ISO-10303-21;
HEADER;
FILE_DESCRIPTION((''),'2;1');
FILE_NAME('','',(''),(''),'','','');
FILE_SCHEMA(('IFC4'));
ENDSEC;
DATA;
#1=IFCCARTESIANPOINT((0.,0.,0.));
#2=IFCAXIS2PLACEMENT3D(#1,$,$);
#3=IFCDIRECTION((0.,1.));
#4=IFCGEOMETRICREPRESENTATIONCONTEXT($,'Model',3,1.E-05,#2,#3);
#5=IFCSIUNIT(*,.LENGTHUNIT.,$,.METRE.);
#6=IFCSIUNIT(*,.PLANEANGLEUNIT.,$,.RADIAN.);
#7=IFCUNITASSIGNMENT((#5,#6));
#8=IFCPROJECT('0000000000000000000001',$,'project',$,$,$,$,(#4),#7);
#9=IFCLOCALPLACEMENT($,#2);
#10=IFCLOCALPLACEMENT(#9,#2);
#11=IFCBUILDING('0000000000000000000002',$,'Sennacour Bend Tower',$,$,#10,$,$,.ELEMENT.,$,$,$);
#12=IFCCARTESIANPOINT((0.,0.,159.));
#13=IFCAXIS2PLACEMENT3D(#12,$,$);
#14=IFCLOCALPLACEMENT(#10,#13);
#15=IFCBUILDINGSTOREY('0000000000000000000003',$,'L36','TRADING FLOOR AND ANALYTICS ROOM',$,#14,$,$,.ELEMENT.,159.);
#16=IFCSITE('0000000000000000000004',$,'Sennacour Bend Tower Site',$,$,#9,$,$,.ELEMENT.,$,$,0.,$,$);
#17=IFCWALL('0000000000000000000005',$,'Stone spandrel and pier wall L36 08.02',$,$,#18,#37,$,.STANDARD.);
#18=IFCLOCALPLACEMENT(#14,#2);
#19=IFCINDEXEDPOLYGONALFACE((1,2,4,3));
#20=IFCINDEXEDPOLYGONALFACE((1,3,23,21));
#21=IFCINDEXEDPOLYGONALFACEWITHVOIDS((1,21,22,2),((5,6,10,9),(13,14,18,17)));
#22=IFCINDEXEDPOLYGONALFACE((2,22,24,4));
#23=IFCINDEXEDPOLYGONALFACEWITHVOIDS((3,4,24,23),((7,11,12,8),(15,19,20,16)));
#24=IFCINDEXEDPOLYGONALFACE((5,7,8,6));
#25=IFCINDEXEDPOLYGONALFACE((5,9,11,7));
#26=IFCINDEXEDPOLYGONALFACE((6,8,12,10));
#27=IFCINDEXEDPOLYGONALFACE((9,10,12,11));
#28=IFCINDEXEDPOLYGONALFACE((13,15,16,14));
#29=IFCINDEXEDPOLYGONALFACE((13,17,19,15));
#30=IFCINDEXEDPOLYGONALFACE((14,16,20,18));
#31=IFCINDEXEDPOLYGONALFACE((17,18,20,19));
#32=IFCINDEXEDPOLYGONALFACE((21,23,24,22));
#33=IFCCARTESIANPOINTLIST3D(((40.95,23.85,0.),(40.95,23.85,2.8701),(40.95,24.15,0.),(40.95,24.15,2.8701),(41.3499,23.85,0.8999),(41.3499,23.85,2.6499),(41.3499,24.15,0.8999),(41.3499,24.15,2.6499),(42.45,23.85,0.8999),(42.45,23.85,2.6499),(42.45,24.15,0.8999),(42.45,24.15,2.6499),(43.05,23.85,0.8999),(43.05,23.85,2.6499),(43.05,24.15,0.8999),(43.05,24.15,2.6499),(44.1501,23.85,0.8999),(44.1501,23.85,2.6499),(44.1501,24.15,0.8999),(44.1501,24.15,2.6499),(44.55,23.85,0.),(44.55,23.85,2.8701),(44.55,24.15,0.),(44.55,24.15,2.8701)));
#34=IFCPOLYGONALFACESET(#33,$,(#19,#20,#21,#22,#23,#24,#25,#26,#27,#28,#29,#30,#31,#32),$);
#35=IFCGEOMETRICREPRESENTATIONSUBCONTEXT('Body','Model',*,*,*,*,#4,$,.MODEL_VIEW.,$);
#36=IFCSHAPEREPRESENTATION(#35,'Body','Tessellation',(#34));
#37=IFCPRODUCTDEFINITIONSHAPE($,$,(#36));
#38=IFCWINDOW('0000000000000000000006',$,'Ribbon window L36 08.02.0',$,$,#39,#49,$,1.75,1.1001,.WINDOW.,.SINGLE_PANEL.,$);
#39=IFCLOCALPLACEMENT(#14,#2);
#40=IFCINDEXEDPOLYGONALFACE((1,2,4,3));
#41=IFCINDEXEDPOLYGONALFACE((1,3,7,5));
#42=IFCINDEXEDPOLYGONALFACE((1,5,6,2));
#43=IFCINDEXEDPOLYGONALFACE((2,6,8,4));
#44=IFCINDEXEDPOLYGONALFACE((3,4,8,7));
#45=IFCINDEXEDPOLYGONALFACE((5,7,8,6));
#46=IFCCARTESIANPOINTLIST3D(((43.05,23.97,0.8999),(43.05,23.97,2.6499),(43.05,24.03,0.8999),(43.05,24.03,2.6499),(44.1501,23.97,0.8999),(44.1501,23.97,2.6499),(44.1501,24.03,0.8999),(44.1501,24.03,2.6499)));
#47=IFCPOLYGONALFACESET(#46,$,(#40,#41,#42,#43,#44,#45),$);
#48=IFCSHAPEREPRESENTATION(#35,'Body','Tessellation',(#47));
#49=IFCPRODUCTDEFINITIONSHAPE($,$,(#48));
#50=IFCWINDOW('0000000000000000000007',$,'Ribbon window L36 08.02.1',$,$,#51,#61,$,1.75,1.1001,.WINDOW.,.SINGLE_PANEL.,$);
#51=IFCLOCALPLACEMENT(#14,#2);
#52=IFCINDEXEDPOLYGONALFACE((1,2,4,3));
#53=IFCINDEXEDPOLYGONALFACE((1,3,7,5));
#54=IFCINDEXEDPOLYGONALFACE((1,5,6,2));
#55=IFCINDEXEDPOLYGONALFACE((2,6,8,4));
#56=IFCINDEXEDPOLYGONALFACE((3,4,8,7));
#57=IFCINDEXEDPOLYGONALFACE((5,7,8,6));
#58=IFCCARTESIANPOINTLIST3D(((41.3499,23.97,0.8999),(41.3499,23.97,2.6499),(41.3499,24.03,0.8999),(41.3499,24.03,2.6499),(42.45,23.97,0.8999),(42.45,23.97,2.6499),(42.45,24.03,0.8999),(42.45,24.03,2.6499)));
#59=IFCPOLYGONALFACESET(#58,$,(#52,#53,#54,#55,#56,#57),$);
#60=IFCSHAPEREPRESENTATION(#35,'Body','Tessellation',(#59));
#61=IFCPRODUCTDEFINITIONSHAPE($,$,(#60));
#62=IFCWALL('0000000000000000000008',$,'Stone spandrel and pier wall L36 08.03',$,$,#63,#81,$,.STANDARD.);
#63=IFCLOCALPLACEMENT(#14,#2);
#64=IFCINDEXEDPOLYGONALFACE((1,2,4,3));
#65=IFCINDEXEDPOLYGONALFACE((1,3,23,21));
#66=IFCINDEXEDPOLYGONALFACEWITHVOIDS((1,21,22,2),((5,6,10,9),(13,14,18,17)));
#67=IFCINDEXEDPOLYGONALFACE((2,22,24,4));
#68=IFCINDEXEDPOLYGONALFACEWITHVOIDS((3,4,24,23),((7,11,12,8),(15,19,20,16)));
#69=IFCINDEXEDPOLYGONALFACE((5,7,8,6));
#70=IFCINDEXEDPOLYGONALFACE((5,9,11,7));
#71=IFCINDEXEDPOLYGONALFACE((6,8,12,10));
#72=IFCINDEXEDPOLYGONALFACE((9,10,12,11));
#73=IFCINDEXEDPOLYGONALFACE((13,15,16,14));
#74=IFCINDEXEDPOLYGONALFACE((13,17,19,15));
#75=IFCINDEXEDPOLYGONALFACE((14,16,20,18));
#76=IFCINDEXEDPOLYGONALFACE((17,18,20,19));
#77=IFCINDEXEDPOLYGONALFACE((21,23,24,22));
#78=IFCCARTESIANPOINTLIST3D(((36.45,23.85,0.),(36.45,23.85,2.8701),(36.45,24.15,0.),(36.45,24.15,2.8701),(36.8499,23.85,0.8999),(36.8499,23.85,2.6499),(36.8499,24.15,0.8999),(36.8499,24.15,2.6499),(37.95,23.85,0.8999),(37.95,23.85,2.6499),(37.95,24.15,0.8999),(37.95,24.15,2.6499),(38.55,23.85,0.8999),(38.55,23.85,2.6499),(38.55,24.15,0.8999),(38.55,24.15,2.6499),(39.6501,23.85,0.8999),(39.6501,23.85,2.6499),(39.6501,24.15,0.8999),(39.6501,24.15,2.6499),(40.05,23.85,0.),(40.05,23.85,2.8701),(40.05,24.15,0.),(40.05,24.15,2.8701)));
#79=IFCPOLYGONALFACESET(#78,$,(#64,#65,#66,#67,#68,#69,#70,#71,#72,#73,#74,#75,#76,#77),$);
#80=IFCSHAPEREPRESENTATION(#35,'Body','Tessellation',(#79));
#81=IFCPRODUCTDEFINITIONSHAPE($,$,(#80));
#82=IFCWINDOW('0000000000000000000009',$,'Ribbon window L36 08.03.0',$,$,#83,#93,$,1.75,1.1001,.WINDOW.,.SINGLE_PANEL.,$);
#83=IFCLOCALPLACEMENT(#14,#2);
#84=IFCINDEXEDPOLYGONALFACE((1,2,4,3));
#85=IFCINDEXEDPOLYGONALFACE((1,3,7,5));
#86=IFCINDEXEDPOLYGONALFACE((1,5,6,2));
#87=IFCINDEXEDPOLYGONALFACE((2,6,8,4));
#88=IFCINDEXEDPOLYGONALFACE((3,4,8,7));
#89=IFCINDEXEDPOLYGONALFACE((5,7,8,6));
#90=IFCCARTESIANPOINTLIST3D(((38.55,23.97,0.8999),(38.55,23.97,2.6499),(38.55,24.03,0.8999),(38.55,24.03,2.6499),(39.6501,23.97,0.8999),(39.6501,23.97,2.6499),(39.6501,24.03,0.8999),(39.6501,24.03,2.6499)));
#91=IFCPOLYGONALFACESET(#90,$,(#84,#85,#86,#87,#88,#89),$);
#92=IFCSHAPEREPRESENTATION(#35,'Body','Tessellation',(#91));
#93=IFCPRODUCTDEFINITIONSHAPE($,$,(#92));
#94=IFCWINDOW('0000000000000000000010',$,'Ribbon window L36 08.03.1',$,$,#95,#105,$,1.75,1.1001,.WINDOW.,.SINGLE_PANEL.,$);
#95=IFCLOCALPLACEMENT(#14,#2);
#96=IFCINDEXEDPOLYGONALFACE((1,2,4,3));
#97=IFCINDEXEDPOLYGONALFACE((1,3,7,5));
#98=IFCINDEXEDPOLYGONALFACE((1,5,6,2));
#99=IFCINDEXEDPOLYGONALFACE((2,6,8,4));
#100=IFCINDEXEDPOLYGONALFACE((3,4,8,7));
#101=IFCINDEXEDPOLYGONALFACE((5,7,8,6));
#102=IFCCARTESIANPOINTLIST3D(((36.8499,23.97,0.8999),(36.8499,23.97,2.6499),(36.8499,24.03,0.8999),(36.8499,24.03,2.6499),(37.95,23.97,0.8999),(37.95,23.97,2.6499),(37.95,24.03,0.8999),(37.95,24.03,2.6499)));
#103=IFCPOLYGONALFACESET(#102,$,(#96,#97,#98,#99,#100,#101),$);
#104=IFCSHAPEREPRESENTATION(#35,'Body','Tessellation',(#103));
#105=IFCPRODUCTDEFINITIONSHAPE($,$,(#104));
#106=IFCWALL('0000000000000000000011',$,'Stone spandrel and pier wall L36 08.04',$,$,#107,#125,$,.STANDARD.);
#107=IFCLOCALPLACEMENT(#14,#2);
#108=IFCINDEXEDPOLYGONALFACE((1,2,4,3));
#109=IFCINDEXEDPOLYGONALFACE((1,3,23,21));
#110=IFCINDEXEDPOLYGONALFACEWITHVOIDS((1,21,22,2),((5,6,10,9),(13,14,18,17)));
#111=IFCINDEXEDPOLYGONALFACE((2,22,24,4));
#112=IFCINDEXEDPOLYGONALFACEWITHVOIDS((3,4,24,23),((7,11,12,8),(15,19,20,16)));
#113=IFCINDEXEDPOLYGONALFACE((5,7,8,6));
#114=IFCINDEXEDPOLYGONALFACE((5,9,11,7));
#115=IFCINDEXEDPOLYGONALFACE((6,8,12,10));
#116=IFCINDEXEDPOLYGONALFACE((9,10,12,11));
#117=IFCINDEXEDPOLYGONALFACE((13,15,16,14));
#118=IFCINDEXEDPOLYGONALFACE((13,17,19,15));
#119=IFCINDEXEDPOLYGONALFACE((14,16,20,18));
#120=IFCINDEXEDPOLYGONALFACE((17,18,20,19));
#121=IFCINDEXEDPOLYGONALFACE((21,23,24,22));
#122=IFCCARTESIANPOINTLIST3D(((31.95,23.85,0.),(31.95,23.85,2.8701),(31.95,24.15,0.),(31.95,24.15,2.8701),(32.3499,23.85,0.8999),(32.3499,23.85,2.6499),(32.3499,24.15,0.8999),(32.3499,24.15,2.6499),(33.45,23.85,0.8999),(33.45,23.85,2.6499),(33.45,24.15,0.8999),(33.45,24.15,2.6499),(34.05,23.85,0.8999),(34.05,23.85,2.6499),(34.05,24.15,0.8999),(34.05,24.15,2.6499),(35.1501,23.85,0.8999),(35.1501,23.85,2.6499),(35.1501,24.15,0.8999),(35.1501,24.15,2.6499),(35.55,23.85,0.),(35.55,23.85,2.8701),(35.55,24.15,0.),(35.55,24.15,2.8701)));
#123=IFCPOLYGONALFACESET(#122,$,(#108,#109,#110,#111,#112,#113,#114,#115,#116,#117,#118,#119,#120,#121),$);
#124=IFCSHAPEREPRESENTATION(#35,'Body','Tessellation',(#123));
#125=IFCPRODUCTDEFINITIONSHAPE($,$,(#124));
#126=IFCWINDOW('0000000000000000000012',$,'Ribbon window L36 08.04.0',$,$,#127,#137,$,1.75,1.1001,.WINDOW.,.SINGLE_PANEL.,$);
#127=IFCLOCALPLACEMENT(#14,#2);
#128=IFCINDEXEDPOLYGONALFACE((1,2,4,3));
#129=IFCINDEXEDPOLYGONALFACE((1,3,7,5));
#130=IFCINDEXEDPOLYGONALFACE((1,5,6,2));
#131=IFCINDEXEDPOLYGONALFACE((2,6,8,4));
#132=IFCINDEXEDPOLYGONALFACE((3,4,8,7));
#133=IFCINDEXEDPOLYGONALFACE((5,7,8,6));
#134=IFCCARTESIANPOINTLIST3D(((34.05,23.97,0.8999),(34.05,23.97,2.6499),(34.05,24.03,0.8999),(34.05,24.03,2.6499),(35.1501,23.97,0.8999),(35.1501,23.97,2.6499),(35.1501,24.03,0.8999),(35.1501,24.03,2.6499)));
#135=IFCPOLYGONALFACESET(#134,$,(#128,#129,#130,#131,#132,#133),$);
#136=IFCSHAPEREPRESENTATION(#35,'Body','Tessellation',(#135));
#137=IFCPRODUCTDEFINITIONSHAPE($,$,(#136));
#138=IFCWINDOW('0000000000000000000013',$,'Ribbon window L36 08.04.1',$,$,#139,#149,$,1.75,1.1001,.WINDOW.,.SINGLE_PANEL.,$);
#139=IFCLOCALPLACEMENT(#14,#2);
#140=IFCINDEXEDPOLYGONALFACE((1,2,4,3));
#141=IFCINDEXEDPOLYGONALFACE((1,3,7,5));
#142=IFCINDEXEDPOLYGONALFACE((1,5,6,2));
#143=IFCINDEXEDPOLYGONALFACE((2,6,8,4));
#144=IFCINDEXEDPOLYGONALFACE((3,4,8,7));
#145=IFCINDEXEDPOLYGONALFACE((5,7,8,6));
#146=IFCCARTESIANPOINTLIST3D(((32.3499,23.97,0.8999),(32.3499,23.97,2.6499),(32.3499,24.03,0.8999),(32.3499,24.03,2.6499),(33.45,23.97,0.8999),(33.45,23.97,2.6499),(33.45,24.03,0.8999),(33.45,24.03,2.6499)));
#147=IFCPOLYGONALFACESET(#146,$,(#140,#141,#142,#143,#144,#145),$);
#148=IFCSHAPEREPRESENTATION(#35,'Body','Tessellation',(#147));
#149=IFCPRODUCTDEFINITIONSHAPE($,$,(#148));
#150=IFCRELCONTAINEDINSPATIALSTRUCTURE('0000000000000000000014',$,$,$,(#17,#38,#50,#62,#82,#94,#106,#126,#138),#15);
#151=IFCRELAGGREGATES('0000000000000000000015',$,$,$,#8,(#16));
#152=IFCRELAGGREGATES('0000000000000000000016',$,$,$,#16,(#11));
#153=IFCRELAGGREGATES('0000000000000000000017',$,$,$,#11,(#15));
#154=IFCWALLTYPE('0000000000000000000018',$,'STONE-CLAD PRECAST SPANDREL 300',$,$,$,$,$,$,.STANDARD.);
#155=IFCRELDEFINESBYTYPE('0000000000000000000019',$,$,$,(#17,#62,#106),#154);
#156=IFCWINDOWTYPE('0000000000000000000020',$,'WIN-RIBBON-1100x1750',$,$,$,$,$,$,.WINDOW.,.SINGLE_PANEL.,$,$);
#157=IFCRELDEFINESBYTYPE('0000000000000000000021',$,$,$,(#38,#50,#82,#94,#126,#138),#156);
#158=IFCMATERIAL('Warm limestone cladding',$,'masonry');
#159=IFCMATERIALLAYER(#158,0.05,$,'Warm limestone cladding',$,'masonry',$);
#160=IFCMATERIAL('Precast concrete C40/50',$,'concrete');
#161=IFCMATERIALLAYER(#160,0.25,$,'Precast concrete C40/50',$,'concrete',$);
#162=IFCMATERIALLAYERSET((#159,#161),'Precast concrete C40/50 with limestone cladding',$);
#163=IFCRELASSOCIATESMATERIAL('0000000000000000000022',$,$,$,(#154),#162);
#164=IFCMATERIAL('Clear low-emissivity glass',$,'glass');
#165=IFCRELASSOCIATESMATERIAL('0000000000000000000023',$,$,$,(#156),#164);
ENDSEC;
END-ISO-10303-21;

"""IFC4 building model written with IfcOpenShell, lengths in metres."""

from ifc_helpers import new_model, si_unit, direction, frame, frame_2d, origin, place, context, subcontext, project, spatial, rectangle, extrude, material, layer, layer_set, type_object, element, fill, save


model = new_model("IFC4")

# Units and contexts
model_context = context("Model", 3, precision=1e-05, world=origin(), true_north=direction((0.0, 1.0)))
body_context = subcontext(model_context, "Body", "Model", "MODEL_VIEW")
ifc_project = project(units=[si_unit("LENGTHUNIT", "METRE"), si_unit("PLANEANGLEUNIT", "RADIAN")], contexts=[model_context])

# Site, building, storey
site_placement = place(None, origin())
site = spatial("IfcSite", under=ifc_project, at=site_placement, Name="Sennacour Bend Tower Site", CompositionType="ELEMENT", RefElevation=0.0)
building_placement = place(site_placement, origin())
building = spatial("IfcBuilding", under=site, at=building_placement, Name="Sennacour Bend Tower", CompositionType="ELEMENT")
storey_placement = place(building_placement, frame((0.0, 0.0, 159.0)))
storey = spatial("IfcBuildingStorey", under=building, at=storey_placement, Name="L36", Description="TRADING FLOOR AND ANALYTICS ROOM", CompositionType="ELEMENT", Elevation=159.0)

# Walls, openings, windows
ifc_material_1 = material(Name="Warm limestone cladding", Category="masonry")
ifc_layer_1 = layer(ifc_material_1, 0.05, Name="Warm limestone cladding", Category="masonry")
ifc_material_2 = material(Name="Precast concrete C40/50", Category="concrete")
ifc_layer_2 = layer(ifc_material_2, 0.25, Name="Precast concrete C40/50", Category="concrete")
ifc_layer_set_1 = layer_set([ifc_layer_1, ifc_layer_2], Name="Precast concrete C40/50 with limestone cladding")
wall_type_1 = type_object("IfcWallType", Name="STONE-CLAD PRECAST SPANDREL 300", PredefinedType="STANDARD", material=ifc_layer_set_1)
wall_1_placement = place(storey_placement, frame((44.55, 24.0, 0.0), z_axis=(0.0, 0.0, 1.0), x_axis=(-1.0, 0.0, 0.0)))
wall_1 = element("IfcWall", 1, at=wall_1_placement, inside=storey, type_object=wall_type_1, Name="Stone spandrel and pier wall L36 08.02", PredefinedType="STANDARD", context=body_context, shape_type="SweptSolid", body=[
    extrude(rectangle(XDim=3.6001, YDim=0.3, at=frame_2d((1.8, 0.0))), origin(), (0.0, 0.0, 1.0), 2.8701),
])
opening_1_placement = place(wall_1_placement, frame((0.3999, 0.0, 0.8999)))
opening_1 = element("IfcOpeningElement", 2, at=opening_1_placement, cuts=wall_1, PredefinedType="OPENING", context=body_context, shape_type="SweptSolid", body=[
    extrude(rectangle(XDim=1.1001, YDim=1.75, at=frame_2d((0.55, 0.875))), frame((0.0, 0.1602, 0.0), z_axis=(0.0, -1.0, 0.0), x_axis=(1.0, 0.0, 0.0)), (0.0, 0.0, 1.0), 0.3201),
])
opening_2_placement = place(wall_1_placement, frame((2.1001, 0.0, 0.8999)))
opening_2 = element("IfcOpeningElement", 3, at=opening_2_placement, cuts=wall_1, PredefinedType="OPENING", context=body_context, shape_type="SweptSolid", body=[
    extrude(rectangle(XDim=1.1001, YDim=1.75, at=frame_2d((0.55, 0.875))), frame((0.0, 0.1602, 0.0), z_axis=(0.0, -1.0, 0.0), x_axis=(1.0, 0.0, 0.0)), (0.0, 0.0, 1.0), 0.3201),
])
ifc_material_3 = material(Name="Clear low-emissivity glass", Category="glass")
window_type_1 = type_object("IfcWindowType", Name="WIN-RIBBON-1100x1750", PartitioningType="SINGLE_PANEL", PredefinedType="WINDOW", material=ifc_material_3)
window_1_placement = place(opening_1_placement, origin())
window_1 = element("IfcWindow", 4, at=window_1_placement, inside=storey, type_object=window_type_1, Name="Ribbon window L36 08.02.0", OverallHeight=1.75, OverallWidth=1.1001, PartitioningType="SINGLE_PANEL", PredefinedType="WINDOW", context=body_context, shape_type="SweptSolid", body=[
    extrude(rectangle(XDim=1.1001, YDim=1.75, at=frame_2d((0.55, 0.875))), frame((0.0, 0.03, 0.0), z_axis=(0.0, -1.0, 0.0), x_axis=(1.0, 0.0, 0.0)), (0.0, 0.0, 1.0), 0.0601),
])
fill(opening_1, window_1)
window_2_placement = place(opening_2_placement, origin())
window_2 = element("IfcWindow", 5, at=window_2_placement, inside=storey, type_object=window_type_1, Name="Ribbon window L36 08.02.1", OverallHeight=1.75, OverallWidth=1.1001, PartitioningType="SINGLE_PANEL", PredefinedType="WINDOW", context=body_context, shape_type="SweptSolid", body=[
    extrude(rectangle(XDim=1.1001, YDim=1.75, at=frame_2d((0.55, 0.875))), frame((0.0, 0.03, 0.0), z_axis=(0.0, -1.0, 0.0), x_axis=(1.0, 0.0, 0.0)), (0.0, 0.0, 1.0), 0.0601),
])
fill(opening_2, window_2)
wall_2_placement = place(storey_placement, frame((40.05, 24.0, 0.0), z_axis=(0.0, 0.0, 1.0), x_axis=(-1.0, 0.0, 0.0)))
wall_2 = element("IfcWall", 6, at=wall_2_placement, inside=storey, type_object=wall_type_1, Name="Stone spandrel and pier wall L36 08.03", PredefinedType="STANDARD", context=body_context, shape_type="SweptSolid", body=[
    extrude(rectangle(XDim=3.6001, YDim=0.3, at=frame_2d((1.8, 0.0))), origin(), (0.0, 0.0, 1.0), 2.8701),
])
opening_3_placement = place(wall_2_placement, frame((0.3999, 0.0, 0.8999)))
opening_3 = element("IfcOpeningElement", 7, at=opening_3_placement, cuts=wall_2, PredefinedType="OPENING", context=body_context, shape_type="SweptSolid", body=[
    extrude(rectangle(XDim=1.1001, YDim=1.75, at=frame_2d((0.55, 0.875))), frame((0.0, 0.1602, 0.0), z_axis=(0.0, -1.0, 0.0), x_axis=(1.0, 0.0, 0.0)), (0.0, 0.0, 1.0), 0.3201),
])
opening_4_placement = place(wall_2_placement, frame((2.1001, 0.0, 0.8999)))
opening_4 = element("IfcOpeningElement", 8, at=opening_4_placement, cuts=wall_2, PredefinedType="OPENING", context=body_context, shape_type="SweptSolid", body=[
    extrude(rectangle(XDim=1.1001, YDim=1.75, at=frame_2d((0.55, 0.875))), frame((0.0, 0.1602, 0.0), z_axis=(0.0, -1.0, 0.0), x_axis=(1.0, 0.0, 0.0)), (0.0, 0.0, 1.0), 0.3201),
])
window_3_placement = place(opening_3_placement, origin())
window_3 = element("IfcWindow", 9, at=window_3_placement, inside=storey, type_object=window_type_1, Name="Ribbon window L36 08.03.0", OverallHeight=1.75, OverallWidth=1.1001, PartitioningType="SINGLE_PANEL", PredefinedType="WINDOW", context=body_context, shape_type="SweptSolid", body=[
    extrude(rectangle(XDim=1.1001, YDim=1.75, at=frame_2d((0.55, 0.875))), frame((0.0, 0.03, 0.0), z_axis=(0.0, -1.0, 0.0), x_axis=(1.0, 0.0, 0.0)), (0.0, 0.0, 1.0), 0.0601),
])
fill(opening_3, window_3)
window_4_placement = place(opening_4_placement, origin())
window_4 = element("IfcWindow", 10, at=window_4_placement, inside=storey, type_object=window_type_1, Name="Ribbon window L36 08.03.1", OverallHeight=1.75, OverallWidth=1.1001, PartitioningType="SINGLE_PANEL", PredefinedType="WINDOW", context=body_context, shape_type="SweptSolid", body=[
    extrude(rectangle(XDim=1.1001, YDim=1.75, at=frame_2d((0.55, 0.875))), frame((0.0, 0.03, 0.0), z_axis=(0.0, -1.0, 0.0), x_axis=(1.0, 0.0, 0.0)), (0.0, 0.0, 1.0), 0.0601),
])
fill(opening_4, window_4)
wall_3_placement = place(storey_placement, frame((35.55, 24.0, 0.0), z_axis=(0.0, 0.0, 1.0), x_axis=(-1.0, 0.0, 0.0)))
wall_3 = element("IfcWall", 11, at=wall_3_placement, inside=storey, type_object=wall_type_1, Name="Stone spandrel and pier wall L36 08.04", PredefinedType="STANDARD", context=body_context, shape_type="SweptSolid", body=[
    extrude(rectangle(XDim=3.6001, YDim=0.3, at=frame_2d((1.8, 0.0))), origin(), (0.0, 0.0, 1.0), 2.8701),
])
opening_5_placement = place(wall_3_placement, frame((0.3999, 0.0, 0.8999)))
opening_5 = element("IfcOpeningElement", 12, at=opening_5_placement, cuts=wall_3, PredefinedType="OPENING", context=body_context, shape_type="SweptSolid", body=[
    extrude(rectangle(XDim=1.1001, YDim=1.75, at=frame_2d((0.55, 0.875))), frame((0.0, 0.1602, 0.0), z_axis=(0.0, -1.0, 0.0), x_axis=(1.0, 0.0, 0.0)), (0.0, 0.0, 1.0), 0.3201),
])
opening_6_placement = place(wall_3_placement, frame((2.1001, 0.0, 0.8999)))
opening_6 = element("IfcOpeningElement", 13, at=opening_6_placement, cuts=wall_3, PredefinedType="OPENING", context=body_context, shape_type="SweptSolid", body=[
    extrude(rectangle(XDim=1.1001, YDim=1.75, at=frame_2d((0.55, 0.875))), frame((0.0, 0.1602, 0.0), z_axis=(0.0, -1.0, 0.0), x_axis=(1.0, 0.0, 0.0)), (0.0, 0.0, 1.0), 0.3201),
])
window_5_placement = place(opening_5_placement, origin())
window_5 = element("IfcWindow", 14, at=window_5_placement, inside=storey, type_object=window_type_1, Name="Ribbon window L36 08.04.0", OverallHeight=1.75, OverallWidth=1.1001, PartitioningType="SINGLE_PANEL", PredefinedType="WINDOW", context=body_context, shape_type="SweptSolid", body=[
    extrude(rectangle(XDim=1.1001, YDim=1.75, at=frame_2d((0.55, 0.875))), frame((0.0, 0.03, 0.0), z_axis=(0.0, -1.0, 0.0), x_axis=(1.0, 0.0, 0.0)), (0.0, 0.0, 1.0), 0.0601),
])
fill(opening_5, window_5)
window_6_placement = place(opening_6_placement, origin())
window_6 = element("IfcWindow", 15, at=window_6_placement, inside=storey, type_object=window_type_1, Name="Ribbon window L36 08.04.1", OverallHeight=1.75, OverallWidth=1.1001, PartitioningType="SINGLE_PANEL", PredefinedType="WINDOW", context=body_context, shape_type="SweptSolid", body=[
    extrude(rectangle(XDim=1.1001, YDim=1.75, at=frame_2d((0.55, 0.875))), frame((0.0, 0.03, 0.0), z_axis=(0.0, -1.0, 0.0), x_axis=(1.0, 0.0, 0.0)), (0.0, 0.0, 1.0), 0.0601),
])
fill(opening_6, window_6)

save(model, "model.ifc")
